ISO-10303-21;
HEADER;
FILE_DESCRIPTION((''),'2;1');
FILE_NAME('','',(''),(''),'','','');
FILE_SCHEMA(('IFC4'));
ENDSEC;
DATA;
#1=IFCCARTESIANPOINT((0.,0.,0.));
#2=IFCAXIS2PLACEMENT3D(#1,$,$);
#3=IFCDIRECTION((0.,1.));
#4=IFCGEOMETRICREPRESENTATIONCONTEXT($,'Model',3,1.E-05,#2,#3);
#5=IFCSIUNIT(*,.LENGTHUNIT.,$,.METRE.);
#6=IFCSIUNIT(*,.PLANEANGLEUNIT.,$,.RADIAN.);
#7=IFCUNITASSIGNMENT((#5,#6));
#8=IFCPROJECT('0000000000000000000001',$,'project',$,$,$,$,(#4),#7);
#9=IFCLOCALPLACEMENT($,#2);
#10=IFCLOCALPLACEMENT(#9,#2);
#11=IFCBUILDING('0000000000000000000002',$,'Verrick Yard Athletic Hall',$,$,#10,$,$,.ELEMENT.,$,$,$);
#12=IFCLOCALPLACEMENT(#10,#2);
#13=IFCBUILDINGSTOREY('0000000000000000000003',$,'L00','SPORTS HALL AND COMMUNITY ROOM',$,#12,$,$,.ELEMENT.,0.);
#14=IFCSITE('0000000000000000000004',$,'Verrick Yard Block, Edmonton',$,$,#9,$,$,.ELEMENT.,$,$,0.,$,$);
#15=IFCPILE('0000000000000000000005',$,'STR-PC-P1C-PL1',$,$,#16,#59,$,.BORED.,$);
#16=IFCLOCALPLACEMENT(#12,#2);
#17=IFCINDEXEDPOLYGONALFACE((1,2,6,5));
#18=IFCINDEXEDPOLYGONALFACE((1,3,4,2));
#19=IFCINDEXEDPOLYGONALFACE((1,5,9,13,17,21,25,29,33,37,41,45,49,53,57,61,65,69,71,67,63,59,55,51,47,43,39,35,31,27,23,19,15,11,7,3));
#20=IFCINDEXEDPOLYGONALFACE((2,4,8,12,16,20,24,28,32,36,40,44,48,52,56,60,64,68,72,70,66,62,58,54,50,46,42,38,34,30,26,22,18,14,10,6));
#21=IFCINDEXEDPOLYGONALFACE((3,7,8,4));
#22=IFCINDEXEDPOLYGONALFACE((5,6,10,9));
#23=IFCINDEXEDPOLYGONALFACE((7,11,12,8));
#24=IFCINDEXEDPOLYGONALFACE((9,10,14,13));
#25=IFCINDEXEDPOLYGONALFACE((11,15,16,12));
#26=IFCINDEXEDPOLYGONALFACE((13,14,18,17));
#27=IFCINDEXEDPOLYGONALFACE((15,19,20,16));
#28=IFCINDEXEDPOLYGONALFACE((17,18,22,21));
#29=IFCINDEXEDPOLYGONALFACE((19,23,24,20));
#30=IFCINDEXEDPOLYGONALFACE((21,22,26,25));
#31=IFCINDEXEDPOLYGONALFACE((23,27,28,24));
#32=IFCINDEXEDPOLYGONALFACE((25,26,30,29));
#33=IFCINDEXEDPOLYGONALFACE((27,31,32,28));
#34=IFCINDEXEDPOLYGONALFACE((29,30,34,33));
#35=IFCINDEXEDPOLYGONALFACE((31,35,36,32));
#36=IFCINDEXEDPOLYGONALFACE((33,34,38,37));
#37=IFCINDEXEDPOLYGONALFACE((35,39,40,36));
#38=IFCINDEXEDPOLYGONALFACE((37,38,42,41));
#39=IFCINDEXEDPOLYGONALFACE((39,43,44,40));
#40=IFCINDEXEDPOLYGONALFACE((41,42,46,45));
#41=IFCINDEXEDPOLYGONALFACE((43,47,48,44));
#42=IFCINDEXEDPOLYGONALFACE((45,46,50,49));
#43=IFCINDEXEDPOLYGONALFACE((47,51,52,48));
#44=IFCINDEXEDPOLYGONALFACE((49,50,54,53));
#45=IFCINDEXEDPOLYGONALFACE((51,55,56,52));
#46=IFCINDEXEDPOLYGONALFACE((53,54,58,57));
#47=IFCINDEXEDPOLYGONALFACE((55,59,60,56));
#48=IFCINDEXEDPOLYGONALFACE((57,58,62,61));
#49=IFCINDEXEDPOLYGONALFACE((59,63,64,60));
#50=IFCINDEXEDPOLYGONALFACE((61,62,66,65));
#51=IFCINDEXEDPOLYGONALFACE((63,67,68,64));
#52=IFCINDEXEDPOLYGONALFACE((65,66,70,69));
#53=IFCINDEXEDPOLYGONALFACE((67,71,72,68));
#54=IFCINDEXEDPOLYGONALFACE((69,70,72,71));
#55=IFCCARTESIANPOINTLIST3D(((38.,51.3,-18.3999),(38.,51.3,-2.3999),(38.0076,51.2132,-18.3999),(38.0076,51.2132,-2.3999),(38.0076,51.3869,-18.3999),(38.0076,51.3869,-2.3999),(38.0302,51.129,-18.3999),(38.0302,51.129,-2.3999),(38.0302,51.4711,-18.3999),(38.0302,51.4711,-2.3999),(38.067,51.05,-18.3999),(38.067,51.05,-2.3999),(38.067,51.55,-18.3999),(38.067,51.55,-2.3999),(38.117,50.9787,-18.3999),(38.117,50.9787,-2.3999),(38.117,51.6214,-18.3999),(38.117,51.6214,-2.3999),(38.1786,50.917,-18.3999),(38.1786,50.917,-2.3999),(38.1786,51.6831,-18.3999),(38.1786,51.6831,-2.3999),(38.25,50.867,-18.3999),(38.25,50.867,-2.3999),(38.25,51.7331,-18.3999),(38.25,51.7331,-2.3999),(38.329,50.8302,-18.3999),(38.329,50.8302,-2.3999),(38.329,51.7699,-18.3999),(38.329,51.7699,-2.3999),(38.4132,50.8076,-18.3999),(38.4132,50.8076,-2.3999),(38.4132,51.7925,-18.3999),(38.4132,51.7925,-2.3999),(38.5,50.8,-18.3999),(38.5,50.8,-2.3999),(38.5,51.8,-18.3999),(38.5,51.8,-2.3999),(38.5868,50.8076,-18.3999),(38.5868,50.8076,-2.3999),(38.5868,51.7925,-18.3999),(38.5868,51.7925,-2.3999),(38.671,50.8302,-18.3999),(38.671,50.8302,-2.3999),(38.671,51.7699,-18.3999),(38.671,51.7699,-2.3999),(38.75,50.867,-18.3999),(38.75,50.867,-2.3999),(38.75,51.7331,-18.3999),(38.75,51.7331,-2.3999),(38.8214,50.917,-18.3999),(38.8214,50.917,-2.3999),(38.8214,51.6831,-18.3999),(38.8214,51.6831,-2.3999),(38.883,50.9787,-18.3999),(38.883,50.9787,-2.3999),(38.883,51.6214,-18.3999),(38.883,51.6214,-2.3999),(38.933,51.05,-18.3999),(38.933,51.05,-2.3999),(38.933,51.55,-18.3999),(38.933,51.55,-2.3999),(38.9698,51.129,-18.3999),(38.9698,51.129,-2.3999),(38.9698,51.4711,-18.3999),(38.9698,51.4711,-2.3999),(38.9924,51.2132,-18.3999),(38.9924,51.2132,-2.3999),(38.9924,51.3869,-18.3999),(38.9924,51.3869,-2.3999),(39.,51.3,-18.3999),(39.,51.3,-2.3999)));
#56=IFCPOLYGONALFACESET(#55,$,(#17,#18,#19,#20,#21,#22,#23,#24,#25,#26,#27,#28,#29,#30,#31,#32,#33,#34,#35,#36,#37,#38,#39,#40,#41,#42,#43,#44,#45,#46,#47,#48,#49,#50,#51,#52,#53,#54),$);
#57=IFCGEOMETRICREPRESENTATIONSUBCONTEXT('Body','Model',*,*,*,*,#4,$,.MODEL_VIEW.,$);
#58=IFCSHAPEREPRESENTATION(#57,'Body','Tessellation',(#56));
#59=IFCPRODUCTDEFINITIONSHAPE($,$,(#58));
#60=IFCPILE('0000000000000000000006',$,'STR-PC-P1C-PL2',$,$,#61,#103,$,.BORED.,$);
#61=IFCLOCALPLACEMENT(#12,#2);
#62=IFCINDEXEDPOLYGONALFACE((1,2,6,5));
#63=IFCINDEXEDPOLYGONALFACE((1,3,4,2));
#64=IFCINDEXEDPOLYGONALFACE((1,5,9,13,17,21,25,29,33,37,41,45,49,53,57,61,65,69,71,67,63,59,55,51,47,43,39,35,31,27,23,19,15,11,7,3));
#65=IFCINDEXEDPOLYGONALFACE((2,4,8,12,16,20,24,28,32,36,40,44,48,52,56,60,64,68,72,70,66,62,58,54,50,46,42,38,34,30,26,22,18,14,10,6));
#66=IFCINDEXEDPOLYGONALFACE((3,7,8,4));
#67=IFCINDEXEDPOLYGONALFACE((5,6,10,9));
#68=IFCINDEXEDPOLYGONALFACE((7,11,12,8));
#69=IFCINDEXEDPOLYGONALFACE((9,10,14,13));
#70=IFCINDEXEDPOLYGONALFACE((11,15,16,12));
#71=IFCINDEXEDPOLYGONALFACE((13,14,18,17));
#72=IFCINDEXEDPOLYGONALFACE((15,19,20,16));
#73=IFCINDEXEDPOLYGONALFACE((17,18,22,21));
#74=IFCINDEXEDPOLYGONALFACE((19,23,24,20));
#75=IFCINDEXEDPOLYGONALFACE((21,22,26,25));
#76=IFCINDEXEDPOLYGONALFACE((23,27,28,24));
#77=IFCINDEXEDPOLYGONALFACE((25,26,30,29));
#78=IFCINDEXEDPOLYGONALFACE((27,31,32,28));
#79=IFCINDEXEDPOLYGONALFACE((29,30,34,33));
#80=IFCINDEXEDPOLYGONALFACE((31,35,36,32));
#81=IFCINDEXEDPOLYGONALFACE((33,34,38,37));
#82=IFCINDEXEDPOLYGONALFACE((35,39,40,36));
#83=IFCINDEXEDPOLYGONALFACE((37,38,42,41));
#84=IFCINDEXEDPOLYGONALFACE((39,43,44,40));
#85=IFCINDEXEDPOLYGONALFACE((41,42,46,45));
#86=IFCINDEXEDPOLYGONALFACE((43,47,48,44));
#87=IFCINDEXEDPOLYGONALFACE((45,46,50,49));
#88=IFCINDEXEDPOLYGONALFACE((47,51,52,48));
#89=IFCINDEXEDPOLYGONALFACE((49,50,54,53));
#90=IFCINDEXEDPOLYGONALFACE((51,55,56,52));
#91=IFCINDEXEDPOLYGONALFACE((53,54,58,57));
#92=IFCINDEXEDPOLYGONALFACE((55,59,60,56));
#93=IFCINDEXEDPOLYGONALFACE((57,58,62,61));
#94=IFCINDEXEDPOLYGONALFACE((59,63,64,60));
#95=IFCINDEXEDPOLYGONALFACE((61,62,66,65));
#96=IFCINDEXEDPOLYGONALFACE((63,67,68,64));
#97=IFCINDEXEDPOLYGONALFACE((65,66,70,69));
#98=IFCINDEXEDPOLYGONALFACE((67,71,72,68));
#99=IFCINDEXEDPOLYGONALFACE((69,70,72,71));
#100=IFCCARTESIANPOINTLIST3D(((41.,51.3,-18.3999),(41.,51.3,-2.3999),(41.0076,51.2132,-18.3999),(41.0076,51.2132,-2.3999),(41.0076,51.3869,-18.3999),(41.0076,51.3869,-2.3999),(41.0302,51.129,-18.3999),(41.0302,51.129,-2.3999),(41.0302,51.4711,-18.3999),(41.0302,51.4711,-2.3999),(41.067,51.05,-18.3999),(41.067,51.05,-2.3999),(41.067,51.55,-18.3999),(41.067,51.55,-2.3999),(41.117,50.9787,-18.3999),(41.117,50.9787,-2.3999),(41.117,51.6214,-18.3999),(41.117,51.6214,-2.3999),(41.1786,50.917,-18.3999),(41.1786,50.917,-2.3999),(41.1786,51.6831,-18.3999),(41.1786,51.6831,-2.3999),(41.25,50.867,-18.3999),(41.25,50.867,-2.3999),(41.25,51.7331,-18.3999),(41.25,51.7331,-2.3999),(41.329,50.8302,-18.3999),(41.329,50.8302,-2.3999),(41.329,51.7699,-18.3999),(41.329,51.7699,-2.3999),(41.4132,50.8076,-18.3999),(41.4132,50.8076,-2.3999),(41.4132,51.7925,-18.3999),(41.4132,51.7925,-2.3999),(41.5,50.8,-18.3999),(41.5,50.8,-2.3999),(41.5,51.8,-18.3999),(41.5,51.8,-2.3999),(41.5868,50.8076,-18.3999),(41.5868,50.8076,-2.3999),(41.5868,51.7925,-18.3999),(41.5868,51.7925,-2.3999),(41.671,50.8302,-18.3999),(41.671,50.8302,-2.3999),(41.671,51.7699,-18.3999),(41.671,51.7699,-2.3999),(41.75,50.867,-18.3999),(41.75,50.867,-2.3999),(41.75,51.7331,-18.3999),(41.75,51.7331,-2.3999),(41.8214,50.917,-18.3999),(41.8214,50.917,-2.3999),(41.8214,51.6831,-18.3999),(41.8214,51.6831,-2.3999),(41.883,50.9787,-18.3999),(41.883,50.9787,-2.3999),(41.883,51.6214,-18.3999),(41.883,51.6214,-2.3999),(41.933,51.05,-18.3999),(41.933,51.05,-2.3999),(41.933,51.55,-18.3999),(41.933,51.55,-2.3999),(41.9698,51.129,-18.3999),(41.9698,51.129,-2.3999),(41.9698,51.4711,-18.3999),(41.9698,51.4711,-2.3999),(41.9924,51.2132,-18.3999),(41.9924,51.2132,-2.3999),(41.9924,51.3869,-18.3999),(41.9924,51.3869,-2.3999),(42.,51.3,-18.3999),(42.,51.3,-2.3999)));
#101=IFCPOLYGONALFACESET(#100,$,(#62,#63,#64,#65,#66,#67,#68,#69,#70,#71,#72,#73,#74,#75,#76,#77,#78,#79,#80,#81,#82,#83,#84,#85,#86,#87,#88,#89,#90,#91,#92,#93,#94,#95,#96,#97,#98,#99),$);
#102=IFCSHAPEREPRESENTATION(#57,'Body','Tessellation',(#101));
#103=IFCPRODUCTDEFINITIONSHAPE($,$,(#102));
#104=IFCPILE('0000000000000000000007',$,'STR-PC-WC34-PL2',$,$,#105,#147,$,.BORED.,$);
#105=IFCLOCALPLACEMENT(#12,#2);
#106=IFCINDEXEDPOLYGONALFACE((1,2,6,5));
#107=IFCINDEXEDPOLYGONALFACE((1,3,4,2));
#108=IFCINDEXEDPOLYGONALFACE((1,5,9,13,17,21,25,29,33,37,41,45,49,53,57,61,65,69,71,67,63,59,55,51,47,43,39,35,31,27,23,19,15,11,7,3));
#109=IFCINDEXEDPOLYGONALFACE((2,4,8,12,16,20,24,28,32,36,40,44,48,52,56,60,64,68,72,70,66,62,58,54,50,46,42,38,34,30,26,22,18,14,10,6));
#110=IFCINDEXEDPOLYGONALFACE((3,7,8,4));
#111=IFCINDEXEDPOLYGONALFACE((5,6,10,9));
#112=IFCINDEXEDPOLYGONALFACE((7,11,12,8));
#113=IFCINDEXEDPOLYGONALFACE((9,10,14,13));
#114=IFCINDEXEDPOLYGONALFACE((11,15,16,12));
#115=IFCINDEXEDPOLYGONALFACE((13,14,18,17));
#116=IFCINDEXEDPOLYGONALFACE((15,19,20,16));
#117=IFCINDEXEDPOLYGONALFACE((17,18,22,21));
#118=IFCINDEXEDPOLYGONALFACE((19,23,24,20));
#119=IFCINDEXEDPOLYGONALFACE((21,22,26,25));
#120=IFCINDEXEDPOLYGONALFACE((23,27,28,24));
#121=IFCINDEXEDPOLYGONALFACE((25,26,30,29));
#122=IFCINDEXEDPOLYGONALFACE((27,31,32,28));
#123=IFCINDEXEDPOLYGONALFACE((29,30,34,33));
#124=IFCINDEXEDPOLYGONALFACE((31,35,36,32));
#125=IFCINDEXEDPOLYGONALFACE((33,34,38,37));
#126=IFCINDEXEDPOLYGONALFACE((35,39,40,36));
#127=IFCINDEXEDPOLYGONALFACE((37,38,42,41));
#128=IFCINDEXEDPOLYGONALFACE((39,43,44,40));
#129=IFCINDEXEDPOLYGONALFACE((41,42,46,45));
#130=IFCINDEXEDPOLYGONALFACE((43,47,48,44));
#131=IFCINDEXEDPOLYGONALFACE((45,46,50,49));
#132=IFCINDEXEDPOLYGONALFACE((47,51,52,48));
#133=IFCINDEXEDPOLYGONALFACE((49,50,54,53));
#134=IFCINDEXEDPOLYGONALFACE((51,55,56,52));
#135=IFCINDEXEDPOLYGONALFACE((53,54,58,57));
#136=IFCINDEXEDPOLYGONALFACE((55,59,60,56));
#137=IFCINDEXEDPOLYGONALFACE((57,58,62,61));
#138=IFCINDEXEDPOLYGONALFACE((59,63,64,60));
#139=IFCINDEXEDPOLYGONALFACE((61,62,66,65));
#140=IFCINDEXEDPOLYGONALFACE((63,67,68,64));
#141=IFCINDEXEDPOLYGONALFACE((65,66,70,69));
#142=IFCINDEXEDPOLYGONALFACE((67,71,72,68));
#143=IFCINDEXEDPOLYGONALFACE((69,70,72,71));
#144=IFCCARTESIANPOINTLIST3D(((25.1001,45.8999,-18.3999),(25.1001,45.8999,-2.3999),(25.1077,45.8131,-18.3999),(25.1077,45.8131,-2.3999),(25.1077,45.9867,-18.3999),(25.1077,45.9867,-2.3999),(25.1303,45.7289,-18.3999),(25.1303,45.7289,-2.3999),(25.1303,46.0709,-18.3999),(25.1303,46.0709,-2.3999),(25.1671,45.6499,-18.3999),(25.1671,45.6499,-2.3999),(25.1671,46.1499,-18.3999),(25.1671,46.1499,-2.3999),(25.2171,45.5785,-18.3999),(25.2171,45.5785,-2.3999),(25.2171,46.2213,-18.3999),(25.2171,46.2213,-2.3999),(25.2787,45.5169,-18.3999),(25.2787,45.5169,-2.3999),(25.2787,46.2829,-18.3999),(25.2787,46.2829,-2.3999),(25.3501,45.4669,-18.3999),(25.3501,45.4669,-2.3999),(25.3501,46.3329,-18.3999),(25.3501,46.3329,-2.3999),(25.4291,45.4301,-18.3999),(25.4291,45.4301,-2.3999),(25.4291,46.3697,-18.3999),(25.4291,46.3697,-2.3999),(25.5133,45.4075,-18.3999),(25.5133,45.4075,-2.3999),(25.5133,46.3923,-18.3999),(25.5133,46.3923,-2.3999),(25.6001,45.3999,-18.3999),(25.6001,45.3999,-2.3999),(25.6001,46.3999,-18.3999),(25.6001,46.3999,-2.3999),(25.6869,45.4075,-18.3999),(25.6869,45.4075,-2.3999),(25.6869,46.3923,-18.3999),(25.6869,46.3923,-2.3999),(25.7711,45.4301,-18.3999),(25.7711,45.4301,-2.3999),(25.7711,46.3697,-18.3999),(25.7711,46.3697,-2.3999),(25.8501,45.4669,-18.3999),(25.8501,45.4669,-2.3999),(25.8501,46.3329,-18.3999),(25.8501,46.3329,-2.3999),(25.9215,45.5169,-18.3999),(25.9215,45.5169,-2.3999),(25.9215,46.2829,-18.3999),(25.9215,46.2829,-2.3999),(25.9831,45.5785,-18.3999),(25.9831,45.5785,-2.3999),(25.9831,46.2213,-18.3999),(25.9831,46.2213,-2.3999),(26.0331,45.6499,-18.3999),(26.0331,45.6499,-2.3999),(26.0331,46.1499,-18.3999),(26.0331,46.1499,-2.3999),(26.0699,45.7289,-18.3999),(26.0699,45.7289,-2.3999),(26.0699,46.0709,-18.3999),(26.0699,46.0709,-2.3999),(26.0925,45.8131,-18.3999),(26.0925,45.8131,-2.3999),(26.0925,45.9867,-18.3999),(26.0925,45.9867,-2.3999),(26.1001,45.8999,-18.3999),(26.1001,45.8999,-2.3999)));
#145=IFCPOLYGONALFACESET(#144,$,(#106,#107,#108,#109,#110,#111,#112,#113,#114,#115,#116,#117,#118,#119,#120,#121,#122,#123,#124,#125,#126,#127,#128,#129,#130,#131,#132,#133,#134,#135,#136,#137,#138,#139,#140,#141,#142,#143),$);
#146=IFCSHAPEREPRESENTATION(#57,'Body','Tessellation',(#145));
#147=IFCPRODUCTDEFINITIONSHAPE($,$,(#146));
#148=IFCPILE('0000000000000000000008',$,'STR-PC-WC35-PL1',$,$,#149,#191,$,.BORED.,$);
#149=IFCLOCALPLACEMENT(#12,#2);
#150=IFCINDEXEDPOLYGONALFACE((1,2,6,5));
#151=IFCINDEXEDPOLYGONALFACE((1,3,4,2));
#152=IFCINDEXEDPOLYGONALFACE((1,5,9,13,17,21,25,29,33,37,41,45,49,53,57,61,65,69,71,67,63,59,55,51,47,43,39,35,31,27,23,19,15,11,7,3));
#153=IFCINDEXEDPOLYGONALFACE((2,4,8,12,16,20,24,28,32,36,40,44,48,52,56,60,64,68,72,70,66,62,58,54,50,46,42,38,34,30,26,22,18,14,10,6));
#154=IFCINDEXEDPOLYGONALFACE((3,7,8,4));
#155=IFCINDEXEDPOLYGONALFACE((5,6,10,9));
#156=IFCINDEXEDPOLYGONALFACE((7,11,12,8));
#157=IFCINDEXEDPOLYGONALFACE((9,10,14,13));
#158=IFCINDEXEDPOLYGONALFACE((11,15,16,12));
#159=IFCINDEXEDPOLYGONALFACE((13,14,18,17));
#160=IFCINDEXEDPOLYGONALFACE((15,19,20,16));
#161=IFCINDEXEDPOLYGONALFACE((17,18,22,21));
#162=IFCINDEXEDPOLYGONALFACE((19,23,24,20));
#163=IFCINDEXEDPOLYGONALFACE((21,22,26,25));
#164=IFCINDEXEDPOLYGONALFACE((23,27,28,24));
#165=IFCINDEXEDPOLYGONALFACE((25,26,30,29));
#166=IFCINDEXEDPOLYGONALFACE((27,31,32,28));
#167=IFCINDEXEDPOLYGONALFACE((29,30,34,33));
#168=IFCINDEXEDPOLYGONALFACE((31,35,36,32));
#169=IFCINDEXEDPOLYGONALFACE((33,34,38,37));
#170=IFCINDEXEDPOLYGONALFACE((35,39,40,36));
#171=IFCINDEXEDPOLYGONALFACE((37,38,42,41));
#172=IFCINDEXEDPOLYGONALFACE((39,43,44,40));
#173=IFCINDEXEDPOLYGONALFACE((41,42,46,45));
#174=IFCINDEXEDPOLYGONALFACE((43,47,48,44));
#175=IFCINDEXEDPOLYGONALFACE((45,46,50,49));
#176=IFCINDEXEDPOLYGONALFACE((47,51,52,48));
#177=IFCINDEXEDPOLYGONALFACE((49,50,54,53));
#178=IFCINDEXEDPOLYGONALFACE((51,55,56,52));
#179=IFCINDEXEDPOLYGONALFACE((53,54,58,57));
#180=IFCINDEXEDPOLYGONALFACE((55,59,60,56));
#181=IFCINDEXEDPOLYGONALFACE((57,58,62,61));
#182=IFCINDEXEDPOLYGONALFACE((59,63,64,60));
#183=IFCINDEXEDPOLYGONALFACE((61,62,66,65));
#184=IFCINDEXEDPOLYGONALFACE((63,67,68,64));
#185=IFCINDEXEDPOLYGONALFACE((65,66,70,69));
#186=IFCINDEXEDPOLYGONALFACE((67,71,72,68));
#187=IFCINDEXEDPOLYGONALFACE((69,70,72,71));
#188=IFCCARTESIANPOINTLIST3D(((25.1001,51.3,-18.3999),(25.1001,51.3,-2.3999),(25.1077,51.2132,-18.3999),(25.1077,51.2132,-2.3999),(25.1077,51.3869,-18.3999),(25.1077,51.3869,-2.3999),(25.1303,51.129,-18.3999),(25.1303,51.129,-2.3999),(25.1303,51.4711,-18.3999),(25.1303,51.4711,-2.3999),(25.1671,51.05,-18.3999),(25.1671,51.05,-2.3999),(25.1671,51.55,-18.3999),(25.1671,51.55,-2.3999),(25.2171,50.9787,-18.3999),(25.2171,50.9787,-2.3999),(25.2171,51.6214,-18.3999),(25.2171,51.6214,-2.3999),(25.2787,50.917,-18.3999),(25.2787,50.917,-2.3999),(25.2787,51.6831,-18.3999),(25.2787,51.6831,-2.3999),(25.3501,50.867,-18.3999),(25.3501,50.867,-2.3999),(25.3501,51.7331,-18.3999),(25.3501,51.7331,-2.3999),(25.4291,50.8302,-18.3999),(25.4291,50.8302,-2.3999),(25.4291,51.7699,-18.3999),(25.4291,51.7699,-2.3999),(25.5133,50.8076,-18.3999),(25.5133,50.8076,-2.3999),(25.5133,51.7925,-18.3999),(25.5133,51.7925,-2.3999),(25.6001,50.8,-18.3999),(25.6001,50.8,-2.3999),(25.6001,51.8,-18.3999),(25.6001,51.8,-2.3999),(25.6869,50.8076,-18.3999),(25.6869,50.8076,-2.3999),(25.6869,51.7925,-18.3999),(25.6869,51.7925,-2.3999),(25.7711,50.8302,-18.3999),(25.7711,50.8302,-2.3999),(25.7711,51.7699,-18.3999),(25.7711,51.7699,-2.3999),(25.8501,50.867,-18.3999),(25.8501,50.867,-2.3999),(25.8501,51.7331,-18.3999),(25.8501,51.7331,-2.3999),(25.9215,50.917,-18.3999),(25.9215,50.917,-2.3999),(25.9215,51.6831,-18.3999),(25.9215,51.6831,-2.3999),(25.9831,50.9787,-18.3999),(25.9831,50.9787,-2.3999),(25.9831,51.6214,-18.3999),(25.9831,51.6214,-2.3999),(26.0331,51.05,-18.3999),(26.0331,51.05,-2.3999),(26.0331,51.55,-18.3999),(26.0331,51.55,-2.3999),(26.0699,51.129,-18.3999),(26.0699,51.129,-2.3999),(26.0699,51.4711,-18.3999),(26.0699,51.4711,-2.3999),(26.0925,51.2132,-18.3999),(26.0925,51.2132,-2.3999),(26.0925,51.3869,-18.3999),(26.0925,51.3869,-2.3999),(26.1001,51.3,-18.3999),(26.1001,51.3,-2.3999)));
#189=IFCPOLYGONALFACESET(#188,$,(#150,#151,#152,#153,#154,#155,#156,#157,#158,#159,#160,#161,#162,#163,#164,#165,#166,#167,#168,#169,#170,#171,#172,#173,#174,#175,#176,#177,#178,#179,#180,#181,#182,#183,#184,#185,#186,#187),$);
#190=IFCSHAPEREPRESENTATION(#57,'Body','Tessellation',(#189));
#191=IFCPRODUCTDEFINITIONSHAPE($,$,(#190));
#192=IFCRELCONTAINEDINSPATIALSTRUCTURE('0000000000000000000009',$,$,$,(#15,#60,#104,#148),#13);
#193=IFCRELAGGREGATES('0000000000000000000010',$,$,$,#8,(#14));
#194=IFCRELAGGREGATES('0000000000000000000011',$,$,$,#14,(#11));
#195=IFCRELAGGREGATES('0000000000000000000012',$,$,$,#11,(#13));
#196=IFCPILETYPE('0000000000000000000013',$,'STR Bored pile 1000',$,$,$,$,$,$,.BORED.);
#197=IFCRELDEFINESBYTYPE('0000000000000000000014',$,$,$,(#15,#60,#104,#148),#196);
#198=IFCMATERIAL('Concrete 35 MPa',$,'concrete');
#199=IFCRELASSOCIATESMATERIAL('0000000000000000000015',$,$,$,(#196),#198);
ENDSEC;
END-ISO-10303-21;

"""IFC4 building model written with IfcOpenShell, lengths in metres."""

from ifc_helpers import new_model, si_unit, direction, frame, origin, origin_2d, place, context, subcontext, project, spatial, circle, extrude, material, type_object, element, save


model = new_model("IFC4")

# Units and contexts
model_context = context("Model", 3, precision=1e-05, world=origin(), true_north=direction((0.0, 1.0)))
body_context = subcontext(model_context, "Body", "Model", "MODEL_VIEW")
ifc_project = project(units=[si_unit("LENGTHUNIT", "METRE"), si_unit("PLANEANGLEUNIT", "RADIAN")], contexts=[model_context])

# Site, building, storey
site_placement = place(None, origin())
site = spatial("IfcSite", under=ifc_project, at=site_placement, Name="Verrick Yard Block, Edmonton", CompositionType="ELEMENT", RefElevation=0.0)
building_placement = place(site_placement, origin())
building = spatial("IfcBuilding", under=site, at=building_placement, Name="Verrick Yard Athletic Hall", CompositionType="ELEMENT")
storey_placement = place(building_placement, origin())
storey = spatial("IfcBuildingStorey", under=building, at=storey_placement, Name="L00", Description="SPORTS HALL AND COMMUNITY ROOM", CompositionType="ELEMENT", Elevation=0.0)

# Piles
ifc_material_1 = material(Name="Concrete 35 MPa", Category="concrete")
pile_type = type_object("IfcPileType", Name="STR Bored pile 1000", PredefinedType="BORED", material=ifc_material_1)
for number, where, z_axis, x_axis, name in (
    (1, (38.5, 51.3, -2.3999), (0.0, 0.0, -1.0), (1.0, 0.0, 0.0), "STR-PC-P1C-PL1"),
    (2, (41.5, 51.3, -2.3999), (0.0, 0.0, -1.0), (1.0, 0.0, 0.0), "STR-PC-P1C-PL2"),
    (3, (25.6001, 45.8999, -2.3999), (0.0, 0.0, -1.0), (1.0, 0.0, 0.0), "STR-PC-WC34-PL2"),
    (4, (25.6001, 51.3, -2.3999), (0.0, 0.0, -1.0), (1.0, 0.0, 0.0), "STR-PC-WC35-PL1"),
):
    element("IfcPile", number, at=place(storey_placement, frame(where, z_axis=z_axis, x_axis=x_axis)), inside=storey, type_object=pile_type, Name=name, PredefinedType="BORED", context=body_context, shape_type="SweptSolid", body=[
        extrude(circle(Radius=0.5, at=origin_2d()), origin(), (0.0, 0.0, 1.0), 16.0),
    ])

save(model, "model.ifc")
